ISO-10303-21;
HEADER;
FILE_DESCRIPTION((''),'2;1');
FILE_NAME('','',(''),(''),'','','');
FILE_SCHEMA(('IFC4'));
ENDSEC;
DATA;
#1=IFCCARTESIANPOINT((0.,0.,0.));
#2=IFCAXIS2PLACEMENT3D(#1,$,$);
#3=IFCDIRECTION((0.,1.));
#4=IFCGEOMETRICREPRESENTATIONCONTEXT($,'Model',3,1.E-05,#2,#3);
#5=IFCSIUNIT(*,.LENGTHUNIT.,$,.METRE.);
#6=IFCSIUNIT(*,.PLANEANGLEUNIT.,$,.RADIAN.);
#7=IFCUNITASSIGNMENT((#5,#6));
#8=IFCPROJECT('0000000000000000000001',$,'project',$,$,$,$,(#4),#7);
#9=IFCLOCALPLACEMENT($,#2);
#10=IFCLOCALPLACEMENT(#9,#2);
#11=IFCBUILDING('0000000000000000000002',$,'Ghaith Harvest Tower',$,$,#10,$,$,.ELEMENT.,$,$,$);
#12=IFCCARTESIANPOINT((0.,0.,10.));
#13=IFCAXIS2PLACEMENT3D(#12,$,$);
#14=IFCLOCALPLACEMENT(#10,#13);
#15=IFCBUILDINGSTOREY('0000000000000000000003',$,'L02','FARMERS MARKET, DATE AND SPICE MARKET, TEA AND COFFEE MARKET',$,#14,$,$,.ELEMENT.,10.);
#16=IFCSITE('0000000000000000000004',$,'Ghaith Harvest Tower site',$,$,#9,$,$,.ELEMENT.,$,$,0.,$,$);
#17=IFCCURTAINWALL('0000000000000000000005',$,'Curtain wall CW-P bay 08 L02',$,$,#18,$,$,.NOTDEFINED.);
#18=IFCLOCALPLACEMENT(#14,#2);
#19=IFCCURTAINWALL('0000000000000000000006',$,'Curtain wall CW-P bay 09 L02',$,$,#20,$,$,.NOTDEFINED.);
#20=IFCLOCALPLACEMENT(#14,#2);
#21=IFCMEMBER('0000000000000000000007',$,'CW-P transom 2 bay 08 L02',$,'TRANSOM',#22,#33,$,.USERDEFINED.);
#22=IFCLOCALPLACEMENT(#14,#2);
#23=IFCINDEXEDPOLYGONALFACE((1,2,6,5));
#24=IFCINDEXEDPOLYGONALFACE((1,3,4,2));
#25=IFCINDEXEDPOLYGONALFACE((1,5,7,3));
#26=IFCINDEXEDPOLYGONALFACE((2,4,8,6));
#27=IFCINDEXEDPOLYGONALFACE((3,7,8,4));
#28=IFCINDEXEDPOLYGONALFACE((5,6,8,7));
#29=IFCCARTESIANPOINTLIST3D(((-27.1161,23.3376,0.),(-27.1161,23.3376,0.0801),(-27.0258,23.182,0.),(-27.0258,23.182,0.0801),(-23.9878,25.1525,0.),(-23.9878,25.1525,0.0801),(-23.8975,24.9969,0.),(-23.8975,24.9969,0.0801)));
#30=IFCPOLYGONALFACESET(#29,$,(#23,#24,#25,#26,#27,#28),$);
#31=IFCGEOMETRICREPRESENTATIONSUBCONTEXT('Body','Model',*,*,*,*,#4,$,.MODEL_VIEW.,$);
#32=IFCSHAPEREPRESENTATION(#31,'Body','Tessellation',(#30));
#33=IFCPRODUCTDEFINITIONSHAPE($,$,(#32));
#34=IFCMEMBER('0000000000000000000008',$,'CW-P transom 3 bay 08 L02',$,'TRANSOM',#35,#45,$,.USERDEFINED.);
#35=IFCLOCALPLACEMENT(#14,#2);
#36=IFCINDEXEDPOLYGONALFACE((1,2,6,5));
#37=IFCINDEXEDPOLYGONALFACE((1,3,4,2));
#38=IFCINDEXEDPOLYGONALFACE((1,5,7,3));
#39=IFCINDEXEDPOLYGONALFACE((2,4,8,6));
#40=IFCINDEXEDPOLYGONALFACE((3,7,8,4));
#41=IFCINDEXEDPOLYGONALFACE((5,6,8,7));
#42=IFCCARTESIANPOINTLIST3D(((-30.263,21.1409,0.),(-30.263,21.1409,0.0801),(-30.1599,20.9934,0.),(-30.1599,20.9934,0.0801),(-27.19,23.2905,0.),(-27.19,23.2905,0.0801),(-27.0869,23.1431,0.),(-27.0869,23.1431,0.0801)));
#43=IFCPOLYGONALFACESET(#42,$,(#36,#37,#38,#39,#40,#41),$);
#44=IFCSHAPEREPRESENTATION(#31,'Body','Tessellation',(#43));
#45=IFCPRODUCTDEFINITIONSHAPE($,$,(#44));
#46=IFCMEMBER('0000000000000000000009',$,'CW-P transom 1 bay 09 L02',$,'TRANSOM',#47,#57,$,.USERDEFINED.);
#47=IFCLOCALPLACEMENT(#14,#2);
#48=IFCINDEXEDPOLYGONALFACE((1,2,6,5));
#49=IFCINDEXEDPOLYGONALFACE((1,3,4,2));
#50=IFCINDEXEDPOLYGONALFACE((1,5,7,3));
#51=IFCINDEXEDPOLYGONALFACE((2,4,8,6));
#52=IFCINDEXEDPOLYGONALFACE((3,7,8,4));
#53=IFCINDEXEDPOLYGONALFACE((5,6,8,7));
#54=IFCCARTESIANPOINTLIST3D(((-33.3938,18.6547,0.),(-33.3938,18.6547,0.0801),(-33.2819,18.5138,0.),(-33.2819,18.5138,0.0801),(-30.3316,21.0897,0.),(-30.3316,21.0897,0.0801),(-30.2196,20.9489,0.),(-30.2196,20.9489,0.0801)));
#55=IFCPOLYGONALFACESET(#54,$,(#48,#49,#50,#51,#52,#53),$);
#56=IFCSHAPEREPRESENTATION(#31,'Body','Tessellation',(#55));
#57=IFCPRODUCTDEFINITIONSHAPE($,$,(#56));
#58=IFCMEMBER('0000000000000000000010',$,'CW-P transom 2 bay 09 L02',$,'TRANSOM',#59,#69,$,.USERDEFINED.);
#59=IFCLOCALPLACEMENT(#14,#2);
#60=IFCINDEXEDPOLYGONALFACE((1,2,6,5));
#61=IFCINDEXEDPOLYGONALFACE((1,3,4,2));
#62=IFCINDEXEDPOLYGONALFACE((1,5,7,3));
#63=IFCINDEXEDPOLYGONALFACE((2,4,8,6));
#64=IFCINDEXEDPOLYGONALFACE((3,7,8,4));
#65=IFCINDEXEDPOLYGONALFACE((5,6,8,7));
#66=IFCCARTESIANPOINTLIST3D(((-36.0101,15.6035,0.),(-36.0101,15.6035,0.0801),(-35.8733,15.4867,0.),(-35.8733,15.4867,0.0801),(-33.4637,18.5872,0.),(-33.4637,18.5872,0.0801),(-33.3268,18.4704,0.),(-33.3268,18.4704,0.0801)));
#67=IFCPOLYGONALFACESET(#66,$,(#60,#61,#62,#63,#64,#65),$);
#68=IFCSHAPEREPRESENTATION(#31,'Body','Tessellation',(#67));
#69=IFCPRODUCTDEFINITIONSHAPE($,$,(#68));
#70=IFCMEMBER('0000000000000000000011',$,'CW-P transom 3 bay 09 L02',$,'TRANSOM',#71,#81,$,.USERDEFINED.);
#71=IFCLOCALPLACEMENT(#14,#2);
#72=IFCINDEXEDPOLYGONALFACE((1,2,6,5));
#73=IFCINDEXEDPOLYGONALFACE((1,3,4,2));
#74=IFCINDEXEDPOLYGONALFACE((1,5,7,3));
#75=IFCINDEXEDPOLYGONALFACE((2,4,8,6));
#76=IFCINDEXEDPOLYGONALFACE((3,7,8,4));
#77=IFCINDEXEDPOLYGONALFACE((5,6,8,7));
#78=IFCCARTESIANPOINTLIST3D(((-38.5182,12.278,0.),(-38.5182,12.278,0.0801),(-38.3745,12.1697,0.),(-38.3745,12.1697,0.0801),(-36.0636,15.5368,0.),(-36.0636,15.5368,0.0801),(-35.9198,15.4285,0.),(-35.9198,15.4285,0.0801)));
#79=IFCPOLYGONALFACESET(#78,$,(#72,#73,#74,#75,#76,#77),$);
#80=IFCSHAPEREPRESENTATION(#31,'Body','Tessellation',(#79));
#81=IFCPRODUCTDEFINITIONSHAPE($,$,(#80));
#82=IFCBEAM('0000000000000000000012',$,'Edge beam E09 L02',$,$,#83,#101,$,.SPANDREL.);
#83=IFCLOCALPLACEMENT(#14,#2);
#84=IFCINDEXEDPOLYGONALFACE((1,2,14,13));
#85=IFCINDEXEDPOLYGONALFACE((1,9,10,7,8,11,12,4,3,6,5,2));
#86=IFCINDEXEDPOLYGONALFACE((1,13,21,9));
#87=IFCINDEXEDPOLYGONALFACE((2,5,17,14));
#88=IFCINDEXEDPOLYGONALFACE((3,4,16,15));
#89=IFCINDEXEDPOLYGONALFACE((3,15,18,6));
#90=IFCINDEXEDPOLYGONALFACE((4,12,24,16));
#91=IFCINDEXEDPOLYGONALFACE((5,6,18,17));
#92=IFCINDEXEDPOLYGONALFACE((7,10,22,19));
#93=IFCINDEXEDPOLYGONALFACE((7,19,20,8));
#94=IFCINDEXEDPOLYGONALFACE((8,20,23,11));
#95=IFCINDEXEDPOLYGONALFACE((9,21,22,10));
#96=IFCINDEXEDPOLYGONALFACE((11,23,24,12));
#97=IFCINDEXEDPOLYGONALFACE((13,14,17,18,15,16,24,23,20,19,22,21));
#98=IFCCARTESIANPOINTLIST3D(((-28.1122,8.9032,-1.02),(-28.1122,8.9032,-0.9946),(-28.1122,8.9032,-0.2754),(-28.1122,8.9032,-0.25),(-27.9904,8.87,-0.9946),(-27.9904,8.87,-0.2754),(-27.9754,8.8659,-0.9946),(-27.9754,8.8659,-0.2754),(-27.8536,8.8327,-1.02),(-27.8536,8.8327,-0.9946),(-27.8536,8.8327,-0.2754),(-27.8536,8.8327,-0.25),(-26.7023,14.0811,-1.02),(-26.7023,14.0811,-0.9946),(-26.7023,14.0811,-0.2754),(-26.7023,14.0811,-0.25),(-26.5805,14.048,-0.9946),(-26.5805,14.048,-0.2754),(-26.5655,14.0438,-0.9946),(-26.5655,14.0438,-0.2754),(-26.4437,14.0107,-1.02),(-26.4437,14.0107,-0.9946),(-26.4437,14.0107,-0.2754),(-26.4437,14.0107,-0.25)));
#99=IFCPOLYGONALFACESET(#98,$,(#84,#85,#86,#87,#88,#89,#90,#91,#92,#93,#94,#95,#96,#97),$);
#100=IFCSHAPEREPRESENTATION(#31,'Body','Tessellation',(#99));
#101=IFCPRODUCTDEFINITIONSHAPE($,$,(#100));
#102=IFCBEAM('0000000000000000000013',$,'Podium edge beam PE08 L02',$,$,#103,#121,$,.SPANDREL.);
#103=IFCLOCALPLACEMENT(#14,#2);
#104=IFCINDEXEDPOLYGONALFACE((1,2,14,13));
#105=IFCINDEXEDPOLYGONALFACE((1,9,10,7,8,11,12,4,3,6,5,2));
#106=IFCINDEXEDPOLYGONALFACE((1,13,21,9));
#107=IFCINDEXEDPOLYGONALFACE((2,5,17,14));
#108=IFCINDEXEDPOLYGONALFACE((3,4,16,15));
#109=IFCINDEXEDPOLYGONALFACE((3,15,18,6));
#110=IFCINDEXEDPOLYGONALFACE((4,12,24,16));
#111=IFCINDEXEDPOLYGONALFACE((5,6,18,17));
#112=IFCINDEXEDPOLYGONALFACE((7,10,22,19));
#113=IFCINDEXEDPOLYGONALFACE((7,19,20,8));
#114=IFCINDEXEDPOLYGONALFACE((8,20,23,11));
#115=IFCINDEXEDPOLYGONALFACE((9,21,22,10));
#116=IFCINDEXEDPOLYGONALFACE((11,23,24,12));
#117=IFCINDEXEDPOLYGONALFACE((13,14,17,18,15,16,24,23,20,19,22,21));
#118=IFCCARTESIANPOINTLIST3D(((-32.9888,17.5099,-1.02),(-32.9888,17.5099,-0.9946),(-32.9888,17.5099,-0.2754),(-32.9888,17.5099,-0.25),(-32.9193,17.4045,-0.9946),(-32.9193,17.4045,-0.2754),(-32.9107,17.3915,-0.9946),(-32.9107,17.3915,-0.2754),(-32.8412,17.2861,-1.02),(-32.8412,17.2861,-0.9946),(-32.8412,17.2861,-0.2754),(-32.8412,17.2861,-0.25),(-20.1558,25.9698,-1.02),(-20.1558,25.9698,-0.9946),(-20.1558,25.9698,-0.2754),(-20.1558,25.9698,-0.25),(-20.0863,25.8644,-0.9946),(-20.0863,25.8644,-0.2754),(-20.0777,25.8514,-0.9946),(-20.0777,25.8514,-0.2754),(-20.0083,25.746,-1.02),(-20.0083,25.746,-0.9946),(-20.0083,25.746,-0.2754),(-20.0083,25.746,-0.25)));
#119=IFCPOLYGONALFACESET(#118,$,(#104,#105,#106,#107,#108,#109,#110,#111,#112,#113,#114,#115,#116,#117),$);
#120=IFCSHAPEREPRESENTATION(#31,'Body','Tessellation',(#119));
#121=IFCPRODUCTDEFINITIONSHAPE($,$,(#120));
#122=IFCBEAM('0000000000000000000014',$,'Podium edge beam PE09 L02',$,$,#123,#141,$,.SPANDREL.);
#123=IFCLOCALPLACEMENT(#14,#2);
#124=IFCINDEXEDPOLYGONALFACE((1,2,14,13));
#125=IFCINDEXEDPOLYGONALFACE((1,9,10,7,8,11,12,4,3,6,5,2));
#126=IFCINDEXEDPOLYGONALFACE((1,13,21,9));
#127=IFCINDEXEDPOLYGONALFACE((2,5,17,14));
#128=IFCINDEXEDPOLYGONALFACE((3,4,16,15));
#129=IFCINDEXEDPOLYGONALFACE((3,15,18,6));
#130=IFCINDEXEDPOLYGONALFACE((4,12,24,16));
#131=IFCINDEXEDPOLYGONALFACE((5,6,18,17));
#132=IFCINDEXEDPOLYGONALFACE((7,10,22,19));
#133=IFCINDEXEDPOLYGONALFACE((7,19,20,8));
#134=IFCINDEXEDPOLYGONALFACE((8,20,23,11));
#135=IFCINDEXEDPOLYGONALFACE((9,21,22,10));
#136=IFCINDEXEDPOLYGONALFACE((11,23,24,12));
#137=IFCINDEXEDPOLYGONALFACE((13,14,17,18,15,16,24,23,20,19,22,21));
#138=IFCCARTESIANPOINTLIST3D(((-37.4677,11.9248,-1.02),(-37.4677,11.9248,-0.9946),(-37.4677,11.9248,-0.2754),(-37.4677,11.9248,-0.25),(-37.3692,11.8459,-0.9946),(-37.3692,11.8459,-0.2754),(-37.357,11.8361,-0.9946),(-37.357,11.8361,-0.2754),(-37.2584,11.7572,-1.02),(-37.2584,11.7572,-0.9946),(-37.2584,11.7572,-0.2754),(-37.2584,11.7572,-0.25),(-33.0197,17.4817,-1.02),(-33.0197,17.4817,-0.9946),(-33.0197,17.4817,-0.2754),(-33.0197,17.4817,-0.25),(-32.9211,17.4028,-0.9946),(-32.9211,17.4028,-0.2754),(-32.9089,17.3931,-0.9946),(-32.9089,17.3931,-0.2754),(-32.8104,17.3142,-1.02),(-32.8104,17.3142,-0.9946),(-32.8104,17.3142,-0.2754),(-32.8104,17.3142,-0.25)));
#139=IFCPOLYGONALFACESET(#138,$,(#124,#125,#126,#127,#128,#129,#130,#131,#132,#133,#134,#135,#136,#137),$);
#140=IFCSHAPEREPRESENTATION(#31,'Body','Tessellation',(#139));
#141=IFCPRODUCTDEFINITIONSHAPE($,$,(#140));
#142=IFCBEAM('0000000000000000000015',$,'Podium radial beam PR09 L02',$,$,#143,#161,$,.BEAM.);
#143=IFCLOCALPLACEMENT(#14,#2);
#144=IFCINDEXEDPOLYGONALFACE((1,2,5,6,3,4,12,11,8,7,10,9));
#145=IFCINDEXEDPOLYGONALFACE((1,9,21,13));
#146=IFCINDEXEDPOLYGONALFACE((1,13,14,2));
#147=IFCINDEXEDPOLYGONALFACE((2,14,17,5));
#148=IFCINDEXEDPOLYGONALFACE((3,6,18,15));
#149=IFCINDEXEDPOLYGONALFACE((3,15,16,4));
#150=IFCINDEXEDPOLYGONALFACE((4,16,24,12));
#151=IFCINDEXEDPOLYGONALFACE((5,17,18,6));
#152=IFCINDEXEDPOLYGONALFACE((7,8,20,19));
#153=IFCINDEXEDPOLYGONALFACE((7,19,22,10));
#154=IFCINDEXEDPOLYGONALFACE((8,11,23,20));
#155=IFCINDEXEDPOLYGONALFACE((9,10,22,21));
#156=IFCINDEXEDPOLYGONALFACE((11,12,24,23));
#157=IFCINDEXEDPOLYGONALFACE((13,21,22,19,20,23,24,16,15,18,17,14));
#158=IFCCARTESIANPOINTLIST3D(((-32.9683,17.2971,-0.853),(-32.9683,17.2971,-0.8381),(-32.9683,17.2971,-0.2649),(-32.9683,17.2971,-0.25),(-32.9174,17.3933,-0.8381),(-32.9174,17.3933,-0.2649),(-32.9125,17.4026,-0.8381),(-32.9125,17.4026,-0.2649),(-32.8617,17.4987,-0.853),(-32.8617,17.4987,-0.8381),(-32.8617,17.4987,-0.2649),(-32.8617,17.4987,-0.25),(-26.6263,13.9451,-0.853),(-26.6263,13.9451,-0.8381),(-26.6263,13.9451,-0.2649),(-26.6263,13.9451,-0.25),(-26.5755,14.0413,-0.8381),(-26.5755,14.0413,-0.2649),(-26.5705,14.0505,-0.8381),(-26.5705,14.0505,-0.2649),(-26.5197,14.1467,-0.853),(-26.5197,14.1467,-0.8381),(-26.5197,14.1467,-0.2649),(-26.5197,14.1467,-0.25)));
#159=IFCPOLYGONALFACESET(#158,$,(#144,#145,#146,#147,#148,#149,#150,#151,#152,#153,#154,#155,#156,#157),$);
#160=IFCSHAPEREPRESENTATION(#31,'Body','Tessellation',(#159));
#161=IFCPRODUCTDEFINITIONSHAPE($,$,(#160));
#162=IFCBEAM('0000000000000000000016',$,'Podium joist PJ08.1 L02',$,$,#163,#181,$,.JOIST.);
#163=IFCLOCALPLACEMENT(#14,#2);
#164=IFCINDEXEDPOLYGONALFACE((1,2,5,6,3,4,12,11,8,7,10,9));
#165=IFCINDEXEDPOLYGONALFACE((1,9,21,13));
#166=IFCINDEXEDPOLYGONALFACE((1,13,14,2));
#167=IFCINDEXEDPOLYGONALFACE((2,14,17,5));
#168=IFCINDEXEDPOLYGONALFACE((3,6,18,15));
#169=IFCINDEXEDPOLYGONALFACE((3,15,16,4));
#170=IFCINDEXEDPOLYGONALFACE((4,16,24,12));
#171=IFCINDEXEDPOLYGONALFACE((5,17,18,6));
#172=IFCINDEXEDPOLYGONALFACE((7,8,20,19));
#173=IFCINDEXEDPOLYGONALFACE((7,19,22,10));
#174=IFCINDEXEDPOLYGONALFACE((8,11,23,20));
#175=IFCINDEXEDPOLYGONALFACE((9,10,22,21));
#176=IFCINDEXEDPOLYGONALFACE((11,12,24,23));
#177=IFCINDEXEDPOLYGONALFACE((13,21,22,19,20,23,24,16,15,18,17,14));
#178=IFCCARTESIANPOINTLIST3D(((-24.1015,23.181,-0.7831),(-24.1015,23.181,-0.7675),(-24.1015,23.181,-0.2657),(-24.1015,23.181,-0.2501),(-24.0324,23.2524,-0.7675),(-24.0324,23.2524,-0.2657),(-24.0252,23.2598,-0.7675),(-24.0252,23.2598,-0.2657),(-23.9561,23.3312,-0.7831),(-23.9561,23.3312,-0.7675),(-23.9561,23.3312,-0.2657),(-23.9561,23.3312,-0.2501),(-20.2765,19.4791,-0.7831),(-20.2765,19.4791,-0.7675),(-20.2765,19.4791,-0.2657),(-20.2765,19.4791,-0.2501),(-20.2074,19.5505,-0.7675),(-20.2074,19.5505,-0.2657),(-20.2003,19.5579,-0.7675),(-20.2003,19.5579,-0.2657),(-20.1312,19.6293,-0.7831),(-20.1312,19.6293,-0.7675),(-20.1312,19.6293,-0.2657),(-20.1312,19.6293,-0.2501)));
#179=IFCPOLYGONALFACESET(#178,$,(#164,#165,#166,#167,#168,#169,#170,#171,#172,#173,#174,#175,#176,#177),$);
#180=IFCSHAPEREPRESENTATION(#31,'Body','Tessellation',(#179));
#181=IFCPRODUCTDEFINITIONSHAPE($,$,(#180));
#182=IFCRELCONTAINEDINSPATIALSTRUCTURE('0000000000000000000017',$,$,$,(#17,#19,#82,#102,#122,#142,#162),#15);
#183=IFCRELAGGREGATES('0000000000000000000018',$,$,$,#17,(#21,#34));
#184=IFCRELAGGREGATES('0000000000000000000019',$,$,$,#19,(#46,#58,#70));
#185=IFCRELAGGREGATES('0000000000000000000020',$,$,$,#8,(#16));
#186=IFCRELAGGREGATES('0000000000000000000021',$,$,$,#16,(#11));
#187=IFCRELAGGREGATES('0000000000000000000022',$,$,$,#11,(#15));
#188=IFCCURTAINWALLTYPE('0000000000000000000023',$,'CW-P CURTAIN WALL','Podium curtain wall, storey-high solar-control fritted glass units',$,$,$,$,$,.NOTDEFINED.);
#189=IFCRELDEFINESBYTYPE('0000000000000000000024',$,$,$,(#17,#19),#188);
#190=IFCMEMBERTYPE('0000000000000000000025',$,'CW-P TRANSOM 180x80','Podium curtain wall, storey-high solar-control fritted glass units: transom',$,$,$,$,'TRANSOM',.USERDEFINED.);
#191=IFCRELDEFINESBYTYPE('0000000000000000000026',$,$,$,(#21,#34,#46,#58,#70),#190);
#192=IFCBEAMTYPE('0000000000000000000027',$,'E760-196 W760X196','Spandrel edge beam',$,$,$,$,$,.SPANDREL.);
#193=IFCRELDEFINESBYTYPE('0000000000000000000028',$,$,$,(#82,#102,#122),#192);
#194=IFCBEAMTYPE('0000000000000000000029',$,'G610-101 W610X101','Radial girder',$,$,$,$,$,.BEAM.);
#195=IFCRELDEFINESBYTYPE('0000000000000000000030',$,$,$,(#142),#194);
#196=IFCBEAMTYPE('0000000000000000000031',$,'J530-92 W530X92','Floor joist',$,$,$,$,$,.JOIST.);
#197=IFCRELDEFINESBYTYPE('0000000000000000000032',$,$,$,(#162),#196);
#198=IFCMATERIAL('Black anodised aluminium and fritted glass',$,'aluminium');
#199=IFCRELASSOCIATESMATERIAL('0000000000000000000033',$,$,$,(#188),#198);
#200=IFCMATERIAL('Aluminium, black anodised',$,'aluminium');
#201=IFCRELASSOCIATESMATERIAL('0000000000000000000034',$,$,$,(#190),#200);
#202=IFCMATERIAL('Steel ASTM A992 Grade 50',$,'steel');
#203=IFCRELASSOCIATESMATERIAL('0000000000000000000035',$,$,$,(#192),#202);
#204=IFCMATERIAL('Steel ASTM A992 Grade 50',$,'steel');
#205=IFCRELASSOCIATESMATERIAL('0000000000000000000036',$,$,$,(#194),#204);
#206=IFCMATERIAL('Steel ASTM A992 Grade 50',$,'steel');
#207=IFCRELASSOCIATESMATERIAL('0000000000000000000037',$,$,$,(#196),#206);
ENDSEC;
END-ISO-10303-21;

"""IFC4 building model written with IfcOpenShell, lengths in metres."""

from ifc_helpers import new_model, si_unit, direction, frame, origin, origin_2d, place, context, subcontext, project, spatial, rectangle, i_section, extrude, material, material_profile, profile_set, type_object, element, aggregate, save


model = new_model("IFC4")

# Units and contexts
model_context = context("Model", 3, precision=1e-05, world=origin(), true_north=direction((0.0, 1.0)))
body_context = subcontext(model_context, "Body", "Model", "MODEL_VIEW")
ifc_project = project(units=[si_unit("LENGTHUNIT", "METRE"), si_unit("PLANEANGLEUNIT", "RADIAN")], contexts=[model_context])

# Site, building, storey
site_placement = place(None, origin())
site = spatial("IfcSite", under=ifc_project, at=site_placement, Name="Ghaith Harvest Tower site", CompositionType="ELEMENT", RefElevation=0.0)
building_placement = place(site_placement, origin())
building = spatial("IfcBuilding", under=site, at=building_placement, Name="Ghaith Harvest Tower", CompositionType="ELEMENT")
storey_placement = place(building_placement, frame((0.0, 0.0, 10.0)))
storey = spatial("IfcBuildingStorey", under=building, at=storey_placement, Name="L02", Description="FARMERS MARKET, DATE AND SPICE MARKET, TEA AND COFFEE MARKET", CompositionType="ELEMENT", Elevation=10.0)

# Curtain walls
ifc_material_1 = material(Name="Black anodised aluminium and fritted glass", Category="aluminium")
curtain_wall_type = type_object("IfcCurtainWallType", Name="CW-P CURTAIN WALL", Description="Podium curtain wall, storey-high solar-control fritted glass units", PredefinedType="NOTDEFINED", material=ifc_material_1)
curtain_wall_1_placement = place(storey_placement, origin())
curtain_wall_1 = element("IfcCurtainWall", 1, at=curtain_wall_1_placement, inside=storey, type_object=curtain_wall_type, Name="Curtain wall CW-P bay 08 L02", PredefinedType="NOTDEFINED")
curtain_wall_2_placement = place(storey_placement, origin())
curtain_wall_2 = element("IfcCurtainWall", 2, at=curtain_wall_2_placement, inside=storey, type_object=curtain_wall_type, Name="Curtain wall CW-P bay 09 L02", PredefinedType="NOTDEFINED")

# Members
ifc_material_2 = material(Name="Aluminium, black anodised", Category="aluminium")
ifc_material_profile_1 = material_profile(ifc_material_2, rectangle(XDim=0.1799, YDim=0.0801, at=origin_2d()), Name="CW-P TRANSOM 180x80")
ifc_profile_set_1 = profile_set([ifc_material_profile_1], Name="Aluminium, black anodised")
member_type_1 = type_object("IfcMemberType", Name="CW-P TRANSOM 180x80", Description="Podium curtain wall, storey-high solar-control fritted glass units: transom", ElementType="TRANSOM", PredefinedType="USERDEFINED", material=ifc_profile_set_1)
member_1_placement = place(storey_placement, frame((-23.9426, 25.0747, 0.04), z_axis=(-0.864976, -0.501813, 0.0), x_axis=(0.501813, -0.864976, 0.0)))
member_1 = element("IfcMember", 3, at=member_1_placement, type_object=member_type_1, Name="CW-P transom 2 bay 08 L02", ObjectType="TRANSOM", PredefinedType="USERDEFINED", context=body_context, shape_type="SweptSolid", body=[
    extrude(rectangle(XDim=0.1799, YDim=0.0801, at=origin_2d()), origin(), (0.0, 0.0, 1.0), 3.6167),
])
member_2_placement = place(storey_placement, frame((-27.1384, 23.2168, 0.04), z_axis=(-0.819412, -0.573205, 0.0), x_axis=(0.573205, -0.819412, 0.0)))
member_2 = element("IfcMember", 4, at=member_2_placement, type_object=member_type_1, Name="CW-P transom 3 bay 08 L02", ObjectType="TRANSOM", PredefinedType="USERDEFINED", context=body_context, shape_type="SweptSolid", body=[
    extrude(rectangle(XDim=0.1799, YDim=0.0801, at=origin_2d()), origin(), (0.0, 0.0, 1.0), 3.7502),
])
member_3_placement = place(storey_placement, frame((-30.2756, 21.0193, 0.04), z_axis=(-0.782704, -0.622394, 0.0), x_axis=(0.622394, -0.782704, 0.0)))
member_3 = element("IfcMember", 5, at=member_3_placement, type_object=member_type_1, Name="CW-P transom 1 bay 09 L02", ObjectType="TRANSOM", PredefinedType="USERDEFINED", context=body_context, shape_type="SweptSolid", body=[
    extrude(rectangle(XDim=0.1799, YDim=0.0801, at=origin_2d()), origin(), (0.0, 0.0, 1.0), 3.9124),
])
member_4_placement = place(storey_placement, frame((-33.3953, 18.5288, 0.04), z_axis=(-0.64917, -0.760643, 0.0), x_axis=(0.760643, -0.64917, 0.0)))
member_4 = element("IfcMember", 6, at=member_4_placement, type_object=member_type_1, Name="CW-P transom 2 bay 09 L02", ObjectType="TRANSOM", PredefinedType="USERDEFINED", context=body_context, shape_type="SweptSolid", body=[
    extrude(rectangle(XDim=0.1799, YDim=0.0801, at=origin_2d()), origin(), (0.0, 0.0, 1.0), 3.9226),
])
member_5_placement = place(storey_placement, frame((-35.9917, 15.4827, 0.04), z_axis=(-0.601646, -0.798763, 0.0), x_axis=(0.798763, -0.601646, 0.0)))
member_5 = element("IfcMember", 7, at=member_5_placement, type_object=member_type_1, Name="CW-P transom 3 bay 09 L02", ObjectType="TRANSOM", PredefinedType="USERDEFINED", context=body_context, shape_type="SweptSolid", body=[
    extrude(rectangle(XDim=0.1799, YDim=0.0801, at=origin_2d()), origin(), (0.0, 0.0, 1.0), 4.0798),
])

# Beams
ifc_material_3 = material(Name="Steel ASTM A992 Grade 50", Category="steel")
ifc_material_profile_2 = material_profile(ifc_material_3, i_section(OverallWidth=0.2681, OverallDepth=0.77, WebThickness=0.0156, FlangeThickness=0.0254, at=origin_2d()), Name="W760X196")
ifc_profile_set_2 = profile_set([ifc_material_profile_2], Name="Steel ASTM A992 Grade 50")
beam_type_1 = type_object("IfcBeamType", Name="E760-196 W760X196", Description="Spandrel edge beam", PredefinedType="SPANDREL", material=ifc_profile_set_2)
beam_1_placement = place(storey_placement, frame((-26.573, 14.0459, -0.635), z_axis=(-0.262725, -0.964871, 0.0), x_axis=(0.964871, -0.262725, 0.0)))
element("IfcBeam", 8, at=beam_1_placement, inside=storey, type_object=beam_type_1, Name="Edge beam E09 L02", PredefinedType="SPANDREL", context=body_context, shape_type="SweptSolid", body=[
    extrude(i_section(OverallWidth=0.2681, OverallDepth=0.77, WebThickness=0.0156, FlangeThickness=0.0254, at=origin_2d()), origin(), (0.0, 0.0, 1.0), 5.3665),
])
beam_2_placement = place(storey_placement, frame((-20.082, 25.8579, -0.635), z_axis=(-0.834903, -0.550397, 0.0), x_axis=(0.550397, -0.834903, 0.0)))
element("IfcBeam", 9, at=beam_2_placement, inside=storey, type_object=beam_type_1, Name="Podium edge beam PE08 L02", PredefinedType="SPANDREL", context=body_context, shape_type="SweptSolid", body=[
    extrude(i_section(OverallWidth=0.2681, OverallDepth=0.77, WebThickness=0.0156, FlangeThickness=0.0254, at=origin_2d()), origin(), (0.0, 0.0, 1.0), 15.3706),
])
beam_3_placement = place(storey_placement, frame((-32.915, 17.3979, -0.635), z_axis=(-0.624908, -0.780698, 0.0), x_axis=(0.780698, -0.624908, 0.0)))
element("IfcBeam", 10, at=beam_3_placement, inside=storey, type_object=beam_type_1, Name="Podium edge beam PE09 L02", PredefinedType="SPANDREL", context=body_context, shape_type="SweptSolid", body=[
    extrude(i_section(OverallWidth=0.2681, OverallDepth=0.77, WebThickness=0.0156, FlangeThickness=0.0254, at=origin_2d()), origin(), (0.0, 0.0, 1.0), 7.1179),
])
ifc_material_4 = material(Name="Steel ASTM A992 Grade 50", Category="steel")
ifc_material_profile_3 = material_profile(ifc_material_4, i_section(OverallWidth=0.228, OverallDepth=0.603, WebThickness=0.0105, FlangeThickness=0.0149, at=origin_2d()), Name="W610X101")
ifc_profile_set_3 = profile_set([ifc_material_profile_3], Name="Steel ASTM A992 Grade 50")
beam_type_2 = type_object("IfcBeamType", Name="G610-101 W610X101", Description="Radial girder", PredefinedType="BEAM", material=ifc_profile_set_3)
beam_4_placement = place(storey_placement, frame((-26.573, 14.0459, -0.5515), z_axis=(-0.884105, 0.467289, 0.0), x_axis=(-0.467289, -0.884105, 0.0)))
element("IfcBeam", 11, at=beam_4_placement, inside=storey, type_object=beam_type_2, Name="Podium radial beam PR09 L02", PredefinedType="BEAM", context=body_context, shape_type="SweptSolid", body=[
    extrude(i_section(OverallWidth=0.228, OverallDepth=0.603, WebThickness=0.0105, FlangeThickness=0.0149, at=origin_2d()), origin(), (0.0, 0.0, 1.0), 7.1733),
])
ifc_material_5 = material(Name="Steel ASTM A992 Grade 50", Category="steel")
ifc_material_profile_4 = material_profile(ifc_material_5, i_section(OverallWidth=0.209, OverallDepth=0.533, WebThickness=0.0103, FlangeThickness=0.0156, at=origin_2d()), Name="W530X92")
ifc_profile_set_4 = profile_set([ifc_material_profile_4], Name="Steel ASTM A992 Grade 50")
beam_type_3 = type_object("IfcBeamType", Name="J530-92 W530X92", Description="Floor joist", PredefinedType="JOIST", material=ifc_profile_set_4)
beam_5_placement = place(storey_placement, frame((-20.2039, 19.5542, -0.5166), z_axis=(-0.71857, 0.695454, 0.0), x_axis=(-0.695454, -0.71857, 0.0)))
element("IfcBeam", 12, at=beam_5_placement, inside=storey, type_object=beam_type_3, Name="Podium joist PJ08.1 L02", PredefinedType="JOIST", context=body_context, shape_type="SweptSolid", body=[
    extrude(i_section(OverallWidth=0.209, OverallDepth=0.533, WebThickness=0.0103, FlangeThickness=0.0156, at=origin_2d()), origin(), (0.0, 0.0, 1.0), 5.323),
])

aggregate(curtain_wall_1, [member_1, member_2])
aggregate(curtain_wall_2, [member_3, member_4, member_5])

save(model, "model.ifc")
